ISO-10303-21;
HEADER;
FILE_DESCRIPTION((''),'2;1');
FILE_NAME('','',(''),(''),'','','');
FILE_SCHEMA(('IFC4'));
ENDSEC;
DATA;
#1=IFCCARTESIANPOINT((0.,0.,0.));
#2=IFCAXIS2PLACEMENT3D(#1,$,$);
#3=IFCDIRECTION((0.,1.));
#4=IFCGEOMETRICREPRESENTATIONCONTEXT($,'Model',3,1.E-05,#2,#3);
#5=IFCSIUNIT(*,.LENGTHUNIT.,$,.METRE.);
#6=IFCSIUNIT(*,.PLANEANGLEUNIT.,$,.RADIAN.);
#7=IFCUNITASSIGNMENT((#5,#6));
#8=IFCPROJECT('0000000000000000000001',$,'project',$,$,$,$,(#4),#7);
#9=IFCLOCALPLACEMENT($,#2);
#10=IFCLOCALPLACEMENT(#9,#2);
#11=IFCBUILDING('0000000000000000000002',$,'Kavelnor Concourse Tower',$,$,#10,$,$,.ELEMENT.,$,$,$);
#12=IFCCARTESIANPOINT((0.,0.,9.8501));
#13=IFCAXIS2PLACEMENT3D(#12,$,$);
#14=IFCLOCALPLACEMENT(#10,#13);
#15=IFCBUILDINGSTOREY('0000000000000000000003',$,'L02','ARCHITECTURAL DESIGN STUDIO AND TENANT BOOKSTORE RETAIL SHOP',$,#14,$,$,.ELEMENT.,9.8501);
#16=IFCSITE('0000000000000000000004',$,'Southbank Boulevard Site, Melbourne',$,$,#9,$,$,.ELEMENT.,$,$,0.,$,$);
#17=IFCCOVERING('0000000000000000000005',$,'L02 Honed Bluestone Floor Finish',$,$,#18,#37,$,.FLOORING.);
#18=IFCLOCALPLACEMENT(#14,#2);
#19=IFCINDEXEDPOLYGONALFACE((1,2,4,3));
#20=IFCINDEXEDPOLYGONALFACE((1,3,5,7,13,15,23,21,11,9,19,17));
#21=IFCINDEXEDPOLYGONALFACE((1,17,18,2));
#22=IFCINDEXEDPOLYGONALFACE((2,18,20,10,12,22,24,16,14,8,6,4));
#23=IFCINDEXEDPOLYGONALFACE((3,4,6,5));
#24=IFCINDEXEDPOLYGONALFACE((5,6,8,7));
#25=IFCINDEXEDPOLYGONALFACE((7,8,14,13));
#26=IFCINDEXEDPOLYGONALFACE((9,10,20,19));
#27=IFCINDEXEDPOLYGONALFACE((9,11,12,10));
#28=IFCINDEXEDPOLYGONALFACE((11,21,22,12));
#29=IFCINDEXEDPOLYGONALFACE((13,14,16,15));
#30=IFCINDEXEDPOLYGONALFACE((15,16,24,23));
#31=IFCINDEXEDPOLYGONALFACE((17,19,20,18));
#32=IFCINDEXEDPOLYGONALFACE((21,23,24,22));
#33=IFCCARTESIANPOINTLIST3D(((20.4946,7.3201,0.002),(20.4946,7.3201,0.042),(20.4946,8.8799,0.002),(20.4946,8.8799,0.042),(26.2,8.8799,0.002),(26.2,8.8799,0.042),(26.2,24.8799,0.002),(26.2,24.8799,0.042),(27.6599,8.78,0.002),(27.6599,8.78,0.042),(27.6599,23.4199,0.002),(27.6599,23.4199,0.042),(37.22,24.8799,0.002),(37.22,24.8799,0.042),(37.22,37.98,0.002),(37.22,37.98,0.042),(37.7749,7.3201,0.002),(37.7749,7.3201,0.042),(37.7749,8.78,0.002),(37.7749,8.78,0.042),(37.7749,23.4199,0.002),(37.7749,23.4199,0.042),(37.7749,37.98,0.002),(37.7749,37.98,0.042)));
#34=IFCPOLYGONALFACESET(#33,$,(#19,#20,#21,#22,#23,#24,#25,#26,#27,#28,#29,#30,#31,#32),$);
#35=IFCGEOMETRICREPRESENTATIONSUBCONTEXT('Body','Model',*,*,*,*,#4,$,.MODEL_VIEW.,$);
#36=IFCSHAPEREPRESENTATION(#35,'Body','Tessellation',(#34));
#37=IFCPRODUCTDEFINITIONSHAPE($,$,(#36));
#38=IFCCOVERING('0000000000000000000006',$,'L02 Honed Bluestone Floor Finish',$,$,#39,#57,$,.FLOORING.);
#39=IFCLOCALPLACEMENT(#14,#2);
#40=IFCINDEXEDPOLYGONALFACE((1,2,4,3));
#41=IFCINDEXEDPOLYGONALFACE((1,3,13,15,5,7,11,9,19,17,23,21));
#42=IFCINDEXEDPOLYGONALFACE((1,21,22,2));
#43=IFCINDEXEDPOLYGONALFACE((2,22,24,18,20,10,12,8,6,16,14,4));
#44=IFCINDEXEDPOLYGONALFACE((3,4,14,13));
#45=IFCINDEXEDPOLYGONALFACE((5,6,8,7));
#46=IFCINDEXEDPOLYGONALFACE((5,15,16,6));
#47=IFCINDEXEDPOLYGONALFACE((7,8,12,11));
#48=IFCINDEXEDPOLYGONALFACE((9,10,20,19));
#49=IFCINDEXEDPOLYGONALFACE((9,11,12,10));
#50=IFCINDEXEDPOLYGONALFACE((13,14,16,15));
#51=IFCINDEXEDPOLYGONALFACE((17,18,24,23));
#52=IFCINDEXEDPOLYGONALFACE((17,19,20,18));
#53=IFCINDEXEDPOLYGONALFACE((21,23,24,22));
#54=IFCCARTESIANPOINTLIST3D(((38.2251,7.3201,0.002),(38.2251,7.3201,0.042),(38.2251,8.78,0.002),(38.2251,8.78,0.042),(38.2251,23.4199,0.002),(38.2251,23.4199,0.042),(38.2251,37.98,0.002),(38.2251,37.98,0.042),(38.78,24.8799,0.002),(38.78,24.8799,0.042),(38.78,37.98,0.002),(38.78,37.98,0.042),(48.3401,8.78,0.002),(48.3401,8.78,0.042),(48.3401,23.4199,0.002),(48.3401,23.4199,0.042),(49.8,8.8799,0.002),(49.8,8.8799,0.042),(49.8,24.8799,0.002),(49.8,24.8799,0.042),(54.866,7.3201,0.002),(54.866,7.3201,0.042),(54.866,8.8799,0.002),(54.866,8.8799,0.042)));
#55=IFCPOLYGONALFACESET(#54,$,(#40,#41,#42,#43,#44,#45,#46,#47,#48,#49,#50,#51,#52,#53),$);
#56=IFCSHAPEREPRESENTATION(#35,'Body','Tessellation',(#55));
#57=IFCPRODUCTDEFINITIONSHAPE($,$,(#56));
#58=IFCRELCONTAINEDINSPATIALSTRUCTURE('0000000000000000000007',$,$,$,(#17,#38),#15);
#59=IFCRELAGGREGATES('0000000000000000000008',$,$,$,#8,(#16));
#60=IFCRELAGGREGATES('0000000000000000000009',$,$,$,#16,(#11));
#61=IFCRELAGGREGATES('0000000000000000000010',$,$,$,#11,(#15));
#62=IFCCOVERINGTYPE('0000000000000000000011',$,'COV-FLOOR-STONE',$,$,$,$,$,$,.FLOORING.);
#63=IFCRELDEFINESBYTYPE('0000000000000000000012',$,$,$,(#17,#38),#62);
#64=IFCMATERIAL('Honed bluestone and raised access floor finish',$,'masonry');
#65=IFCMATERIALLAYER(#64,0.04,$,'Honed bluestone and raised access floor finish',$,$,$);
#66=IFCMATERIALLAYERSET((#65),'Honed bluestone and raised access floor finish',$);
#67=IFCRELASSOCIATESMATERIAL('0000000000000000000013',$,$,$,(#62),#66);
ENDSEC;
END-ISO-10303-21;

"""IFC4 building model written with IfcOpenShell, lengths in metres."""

from ifc_helpers import new_model, si_unit, direction, frame, origin, place, context, subcontext, project, spatial, polyline, outline, extrude, material, layer, layer_set, type_object, element, save


model = new_model("IFC4")

# Units and contexts
model_context = context("Model", 3, precision=1e-05, world=origin(), true_north=direction((0.0, 1.0)))
body_context = subcontext(model_context, "Body", "Model", "MODEL_VIEW")
ifc_project = project(units=[si_unit("LENGTHUNIT", "METRE"), si_unit("PLANEANGLEUNIT", "RADIAN")], contexts=[model_context])

# Site, building, storey
site_placement = place(None, origin())
site = spatial("IfcSite", under=ifc_project, at=site_placement, Name="Southbank Boulevard Site, Melbourne", CompositionType="ELEMENT", RefElevation=0.0)
building_placement = place(site_placement, origin())
building = spatial("IfcBuilding", under=site, at=building_placement, Name="Kavelnor Concourse Tower", CompositionType="ELEMENT")
storey_placement = place(building_placement, frame((0.0, 0.0, 9.8501)))
storey = spatial("IfcBuildingStorey", under=building, at=storey_placement, Name="L02", Description="ARCHITECTURAL DESIGN STUDIO AND TENANT BOOKSTORE RETAIL SHOP", CompositionType="ELEMENT", Elevation=9.8501)

# Coverings
ifc_material_1 = material(Name="Honed bluestone and raised access floor finish", Category="masonry")
ifc_layer_1 = layer(ifc_material_1, 0.04, Name="Honed bluestone and raised access floor finish")
ifc_layer_set_1 = layer_set([ifc_layer_1], Name="Honed bluestone and raised access floor finish")
covering_type_1 = type_object("IfcCoveringType", Name="COV-FLOOR-STONE", PredefinedType="FLOORING", material=ifc_layer_set_1)
covering_1_placement = place(storey_placement, frame((0.0, 0.0, 0.002)))
element("IfcCovering", 1, at=covering_1_placement, inside=storey, type_object=covering_type_1, Name="L02 Honed Bluestone Floor Finish", PredefinedType="FLOORING", context=body_context, shape_type="SweptSolid", body=[
    extrude(outline(polyline([(37.22, 37.98), (37.7749, 37.98), (37.7749, 23.4199), (27.6599, 23.4199), (27.6599, 8.78), (37.7749, 8.78), (37.7749, 7.3201), (20.4946, 7.3201), (20.4946, 8.8799), (26.2, 8.8799), (26.2, 24.8799), (37.22, 24.8799), (37.22, 37.98)])), origin(), (0.0, 0.0, 1.0), 0.04),
])
covering_2_placement = place(storey_placement, frame((0.0, 0.0, 0.002)))
element("IfcCovering", 2, at=covering_2_placement, inside=storey, type_object=covering_type_1, Name="L02 Honed Bluestone Floor Finish", PredefinedType="FLOORING", context=body_context, shape_type="SweptSolid", body=[
    extrude(outline(polyline([(38.78, 37.98), (38.78, 24.8799), (49.8, 24.8799), (49.8, 8.8799), (54.866, 8.8799), (54.866, 7.3201), (38.2251, 7.3201), (38.2251, 8.78), (48.3401, 8.78), (48.3401, 23.4199), (38.2251, 23.4199), (38.2251, 37.98), (38.78, 37.98)])), origin(), (0.0, 0.0, 1.0), 0.04),
])

save(model, "model.ifc")
